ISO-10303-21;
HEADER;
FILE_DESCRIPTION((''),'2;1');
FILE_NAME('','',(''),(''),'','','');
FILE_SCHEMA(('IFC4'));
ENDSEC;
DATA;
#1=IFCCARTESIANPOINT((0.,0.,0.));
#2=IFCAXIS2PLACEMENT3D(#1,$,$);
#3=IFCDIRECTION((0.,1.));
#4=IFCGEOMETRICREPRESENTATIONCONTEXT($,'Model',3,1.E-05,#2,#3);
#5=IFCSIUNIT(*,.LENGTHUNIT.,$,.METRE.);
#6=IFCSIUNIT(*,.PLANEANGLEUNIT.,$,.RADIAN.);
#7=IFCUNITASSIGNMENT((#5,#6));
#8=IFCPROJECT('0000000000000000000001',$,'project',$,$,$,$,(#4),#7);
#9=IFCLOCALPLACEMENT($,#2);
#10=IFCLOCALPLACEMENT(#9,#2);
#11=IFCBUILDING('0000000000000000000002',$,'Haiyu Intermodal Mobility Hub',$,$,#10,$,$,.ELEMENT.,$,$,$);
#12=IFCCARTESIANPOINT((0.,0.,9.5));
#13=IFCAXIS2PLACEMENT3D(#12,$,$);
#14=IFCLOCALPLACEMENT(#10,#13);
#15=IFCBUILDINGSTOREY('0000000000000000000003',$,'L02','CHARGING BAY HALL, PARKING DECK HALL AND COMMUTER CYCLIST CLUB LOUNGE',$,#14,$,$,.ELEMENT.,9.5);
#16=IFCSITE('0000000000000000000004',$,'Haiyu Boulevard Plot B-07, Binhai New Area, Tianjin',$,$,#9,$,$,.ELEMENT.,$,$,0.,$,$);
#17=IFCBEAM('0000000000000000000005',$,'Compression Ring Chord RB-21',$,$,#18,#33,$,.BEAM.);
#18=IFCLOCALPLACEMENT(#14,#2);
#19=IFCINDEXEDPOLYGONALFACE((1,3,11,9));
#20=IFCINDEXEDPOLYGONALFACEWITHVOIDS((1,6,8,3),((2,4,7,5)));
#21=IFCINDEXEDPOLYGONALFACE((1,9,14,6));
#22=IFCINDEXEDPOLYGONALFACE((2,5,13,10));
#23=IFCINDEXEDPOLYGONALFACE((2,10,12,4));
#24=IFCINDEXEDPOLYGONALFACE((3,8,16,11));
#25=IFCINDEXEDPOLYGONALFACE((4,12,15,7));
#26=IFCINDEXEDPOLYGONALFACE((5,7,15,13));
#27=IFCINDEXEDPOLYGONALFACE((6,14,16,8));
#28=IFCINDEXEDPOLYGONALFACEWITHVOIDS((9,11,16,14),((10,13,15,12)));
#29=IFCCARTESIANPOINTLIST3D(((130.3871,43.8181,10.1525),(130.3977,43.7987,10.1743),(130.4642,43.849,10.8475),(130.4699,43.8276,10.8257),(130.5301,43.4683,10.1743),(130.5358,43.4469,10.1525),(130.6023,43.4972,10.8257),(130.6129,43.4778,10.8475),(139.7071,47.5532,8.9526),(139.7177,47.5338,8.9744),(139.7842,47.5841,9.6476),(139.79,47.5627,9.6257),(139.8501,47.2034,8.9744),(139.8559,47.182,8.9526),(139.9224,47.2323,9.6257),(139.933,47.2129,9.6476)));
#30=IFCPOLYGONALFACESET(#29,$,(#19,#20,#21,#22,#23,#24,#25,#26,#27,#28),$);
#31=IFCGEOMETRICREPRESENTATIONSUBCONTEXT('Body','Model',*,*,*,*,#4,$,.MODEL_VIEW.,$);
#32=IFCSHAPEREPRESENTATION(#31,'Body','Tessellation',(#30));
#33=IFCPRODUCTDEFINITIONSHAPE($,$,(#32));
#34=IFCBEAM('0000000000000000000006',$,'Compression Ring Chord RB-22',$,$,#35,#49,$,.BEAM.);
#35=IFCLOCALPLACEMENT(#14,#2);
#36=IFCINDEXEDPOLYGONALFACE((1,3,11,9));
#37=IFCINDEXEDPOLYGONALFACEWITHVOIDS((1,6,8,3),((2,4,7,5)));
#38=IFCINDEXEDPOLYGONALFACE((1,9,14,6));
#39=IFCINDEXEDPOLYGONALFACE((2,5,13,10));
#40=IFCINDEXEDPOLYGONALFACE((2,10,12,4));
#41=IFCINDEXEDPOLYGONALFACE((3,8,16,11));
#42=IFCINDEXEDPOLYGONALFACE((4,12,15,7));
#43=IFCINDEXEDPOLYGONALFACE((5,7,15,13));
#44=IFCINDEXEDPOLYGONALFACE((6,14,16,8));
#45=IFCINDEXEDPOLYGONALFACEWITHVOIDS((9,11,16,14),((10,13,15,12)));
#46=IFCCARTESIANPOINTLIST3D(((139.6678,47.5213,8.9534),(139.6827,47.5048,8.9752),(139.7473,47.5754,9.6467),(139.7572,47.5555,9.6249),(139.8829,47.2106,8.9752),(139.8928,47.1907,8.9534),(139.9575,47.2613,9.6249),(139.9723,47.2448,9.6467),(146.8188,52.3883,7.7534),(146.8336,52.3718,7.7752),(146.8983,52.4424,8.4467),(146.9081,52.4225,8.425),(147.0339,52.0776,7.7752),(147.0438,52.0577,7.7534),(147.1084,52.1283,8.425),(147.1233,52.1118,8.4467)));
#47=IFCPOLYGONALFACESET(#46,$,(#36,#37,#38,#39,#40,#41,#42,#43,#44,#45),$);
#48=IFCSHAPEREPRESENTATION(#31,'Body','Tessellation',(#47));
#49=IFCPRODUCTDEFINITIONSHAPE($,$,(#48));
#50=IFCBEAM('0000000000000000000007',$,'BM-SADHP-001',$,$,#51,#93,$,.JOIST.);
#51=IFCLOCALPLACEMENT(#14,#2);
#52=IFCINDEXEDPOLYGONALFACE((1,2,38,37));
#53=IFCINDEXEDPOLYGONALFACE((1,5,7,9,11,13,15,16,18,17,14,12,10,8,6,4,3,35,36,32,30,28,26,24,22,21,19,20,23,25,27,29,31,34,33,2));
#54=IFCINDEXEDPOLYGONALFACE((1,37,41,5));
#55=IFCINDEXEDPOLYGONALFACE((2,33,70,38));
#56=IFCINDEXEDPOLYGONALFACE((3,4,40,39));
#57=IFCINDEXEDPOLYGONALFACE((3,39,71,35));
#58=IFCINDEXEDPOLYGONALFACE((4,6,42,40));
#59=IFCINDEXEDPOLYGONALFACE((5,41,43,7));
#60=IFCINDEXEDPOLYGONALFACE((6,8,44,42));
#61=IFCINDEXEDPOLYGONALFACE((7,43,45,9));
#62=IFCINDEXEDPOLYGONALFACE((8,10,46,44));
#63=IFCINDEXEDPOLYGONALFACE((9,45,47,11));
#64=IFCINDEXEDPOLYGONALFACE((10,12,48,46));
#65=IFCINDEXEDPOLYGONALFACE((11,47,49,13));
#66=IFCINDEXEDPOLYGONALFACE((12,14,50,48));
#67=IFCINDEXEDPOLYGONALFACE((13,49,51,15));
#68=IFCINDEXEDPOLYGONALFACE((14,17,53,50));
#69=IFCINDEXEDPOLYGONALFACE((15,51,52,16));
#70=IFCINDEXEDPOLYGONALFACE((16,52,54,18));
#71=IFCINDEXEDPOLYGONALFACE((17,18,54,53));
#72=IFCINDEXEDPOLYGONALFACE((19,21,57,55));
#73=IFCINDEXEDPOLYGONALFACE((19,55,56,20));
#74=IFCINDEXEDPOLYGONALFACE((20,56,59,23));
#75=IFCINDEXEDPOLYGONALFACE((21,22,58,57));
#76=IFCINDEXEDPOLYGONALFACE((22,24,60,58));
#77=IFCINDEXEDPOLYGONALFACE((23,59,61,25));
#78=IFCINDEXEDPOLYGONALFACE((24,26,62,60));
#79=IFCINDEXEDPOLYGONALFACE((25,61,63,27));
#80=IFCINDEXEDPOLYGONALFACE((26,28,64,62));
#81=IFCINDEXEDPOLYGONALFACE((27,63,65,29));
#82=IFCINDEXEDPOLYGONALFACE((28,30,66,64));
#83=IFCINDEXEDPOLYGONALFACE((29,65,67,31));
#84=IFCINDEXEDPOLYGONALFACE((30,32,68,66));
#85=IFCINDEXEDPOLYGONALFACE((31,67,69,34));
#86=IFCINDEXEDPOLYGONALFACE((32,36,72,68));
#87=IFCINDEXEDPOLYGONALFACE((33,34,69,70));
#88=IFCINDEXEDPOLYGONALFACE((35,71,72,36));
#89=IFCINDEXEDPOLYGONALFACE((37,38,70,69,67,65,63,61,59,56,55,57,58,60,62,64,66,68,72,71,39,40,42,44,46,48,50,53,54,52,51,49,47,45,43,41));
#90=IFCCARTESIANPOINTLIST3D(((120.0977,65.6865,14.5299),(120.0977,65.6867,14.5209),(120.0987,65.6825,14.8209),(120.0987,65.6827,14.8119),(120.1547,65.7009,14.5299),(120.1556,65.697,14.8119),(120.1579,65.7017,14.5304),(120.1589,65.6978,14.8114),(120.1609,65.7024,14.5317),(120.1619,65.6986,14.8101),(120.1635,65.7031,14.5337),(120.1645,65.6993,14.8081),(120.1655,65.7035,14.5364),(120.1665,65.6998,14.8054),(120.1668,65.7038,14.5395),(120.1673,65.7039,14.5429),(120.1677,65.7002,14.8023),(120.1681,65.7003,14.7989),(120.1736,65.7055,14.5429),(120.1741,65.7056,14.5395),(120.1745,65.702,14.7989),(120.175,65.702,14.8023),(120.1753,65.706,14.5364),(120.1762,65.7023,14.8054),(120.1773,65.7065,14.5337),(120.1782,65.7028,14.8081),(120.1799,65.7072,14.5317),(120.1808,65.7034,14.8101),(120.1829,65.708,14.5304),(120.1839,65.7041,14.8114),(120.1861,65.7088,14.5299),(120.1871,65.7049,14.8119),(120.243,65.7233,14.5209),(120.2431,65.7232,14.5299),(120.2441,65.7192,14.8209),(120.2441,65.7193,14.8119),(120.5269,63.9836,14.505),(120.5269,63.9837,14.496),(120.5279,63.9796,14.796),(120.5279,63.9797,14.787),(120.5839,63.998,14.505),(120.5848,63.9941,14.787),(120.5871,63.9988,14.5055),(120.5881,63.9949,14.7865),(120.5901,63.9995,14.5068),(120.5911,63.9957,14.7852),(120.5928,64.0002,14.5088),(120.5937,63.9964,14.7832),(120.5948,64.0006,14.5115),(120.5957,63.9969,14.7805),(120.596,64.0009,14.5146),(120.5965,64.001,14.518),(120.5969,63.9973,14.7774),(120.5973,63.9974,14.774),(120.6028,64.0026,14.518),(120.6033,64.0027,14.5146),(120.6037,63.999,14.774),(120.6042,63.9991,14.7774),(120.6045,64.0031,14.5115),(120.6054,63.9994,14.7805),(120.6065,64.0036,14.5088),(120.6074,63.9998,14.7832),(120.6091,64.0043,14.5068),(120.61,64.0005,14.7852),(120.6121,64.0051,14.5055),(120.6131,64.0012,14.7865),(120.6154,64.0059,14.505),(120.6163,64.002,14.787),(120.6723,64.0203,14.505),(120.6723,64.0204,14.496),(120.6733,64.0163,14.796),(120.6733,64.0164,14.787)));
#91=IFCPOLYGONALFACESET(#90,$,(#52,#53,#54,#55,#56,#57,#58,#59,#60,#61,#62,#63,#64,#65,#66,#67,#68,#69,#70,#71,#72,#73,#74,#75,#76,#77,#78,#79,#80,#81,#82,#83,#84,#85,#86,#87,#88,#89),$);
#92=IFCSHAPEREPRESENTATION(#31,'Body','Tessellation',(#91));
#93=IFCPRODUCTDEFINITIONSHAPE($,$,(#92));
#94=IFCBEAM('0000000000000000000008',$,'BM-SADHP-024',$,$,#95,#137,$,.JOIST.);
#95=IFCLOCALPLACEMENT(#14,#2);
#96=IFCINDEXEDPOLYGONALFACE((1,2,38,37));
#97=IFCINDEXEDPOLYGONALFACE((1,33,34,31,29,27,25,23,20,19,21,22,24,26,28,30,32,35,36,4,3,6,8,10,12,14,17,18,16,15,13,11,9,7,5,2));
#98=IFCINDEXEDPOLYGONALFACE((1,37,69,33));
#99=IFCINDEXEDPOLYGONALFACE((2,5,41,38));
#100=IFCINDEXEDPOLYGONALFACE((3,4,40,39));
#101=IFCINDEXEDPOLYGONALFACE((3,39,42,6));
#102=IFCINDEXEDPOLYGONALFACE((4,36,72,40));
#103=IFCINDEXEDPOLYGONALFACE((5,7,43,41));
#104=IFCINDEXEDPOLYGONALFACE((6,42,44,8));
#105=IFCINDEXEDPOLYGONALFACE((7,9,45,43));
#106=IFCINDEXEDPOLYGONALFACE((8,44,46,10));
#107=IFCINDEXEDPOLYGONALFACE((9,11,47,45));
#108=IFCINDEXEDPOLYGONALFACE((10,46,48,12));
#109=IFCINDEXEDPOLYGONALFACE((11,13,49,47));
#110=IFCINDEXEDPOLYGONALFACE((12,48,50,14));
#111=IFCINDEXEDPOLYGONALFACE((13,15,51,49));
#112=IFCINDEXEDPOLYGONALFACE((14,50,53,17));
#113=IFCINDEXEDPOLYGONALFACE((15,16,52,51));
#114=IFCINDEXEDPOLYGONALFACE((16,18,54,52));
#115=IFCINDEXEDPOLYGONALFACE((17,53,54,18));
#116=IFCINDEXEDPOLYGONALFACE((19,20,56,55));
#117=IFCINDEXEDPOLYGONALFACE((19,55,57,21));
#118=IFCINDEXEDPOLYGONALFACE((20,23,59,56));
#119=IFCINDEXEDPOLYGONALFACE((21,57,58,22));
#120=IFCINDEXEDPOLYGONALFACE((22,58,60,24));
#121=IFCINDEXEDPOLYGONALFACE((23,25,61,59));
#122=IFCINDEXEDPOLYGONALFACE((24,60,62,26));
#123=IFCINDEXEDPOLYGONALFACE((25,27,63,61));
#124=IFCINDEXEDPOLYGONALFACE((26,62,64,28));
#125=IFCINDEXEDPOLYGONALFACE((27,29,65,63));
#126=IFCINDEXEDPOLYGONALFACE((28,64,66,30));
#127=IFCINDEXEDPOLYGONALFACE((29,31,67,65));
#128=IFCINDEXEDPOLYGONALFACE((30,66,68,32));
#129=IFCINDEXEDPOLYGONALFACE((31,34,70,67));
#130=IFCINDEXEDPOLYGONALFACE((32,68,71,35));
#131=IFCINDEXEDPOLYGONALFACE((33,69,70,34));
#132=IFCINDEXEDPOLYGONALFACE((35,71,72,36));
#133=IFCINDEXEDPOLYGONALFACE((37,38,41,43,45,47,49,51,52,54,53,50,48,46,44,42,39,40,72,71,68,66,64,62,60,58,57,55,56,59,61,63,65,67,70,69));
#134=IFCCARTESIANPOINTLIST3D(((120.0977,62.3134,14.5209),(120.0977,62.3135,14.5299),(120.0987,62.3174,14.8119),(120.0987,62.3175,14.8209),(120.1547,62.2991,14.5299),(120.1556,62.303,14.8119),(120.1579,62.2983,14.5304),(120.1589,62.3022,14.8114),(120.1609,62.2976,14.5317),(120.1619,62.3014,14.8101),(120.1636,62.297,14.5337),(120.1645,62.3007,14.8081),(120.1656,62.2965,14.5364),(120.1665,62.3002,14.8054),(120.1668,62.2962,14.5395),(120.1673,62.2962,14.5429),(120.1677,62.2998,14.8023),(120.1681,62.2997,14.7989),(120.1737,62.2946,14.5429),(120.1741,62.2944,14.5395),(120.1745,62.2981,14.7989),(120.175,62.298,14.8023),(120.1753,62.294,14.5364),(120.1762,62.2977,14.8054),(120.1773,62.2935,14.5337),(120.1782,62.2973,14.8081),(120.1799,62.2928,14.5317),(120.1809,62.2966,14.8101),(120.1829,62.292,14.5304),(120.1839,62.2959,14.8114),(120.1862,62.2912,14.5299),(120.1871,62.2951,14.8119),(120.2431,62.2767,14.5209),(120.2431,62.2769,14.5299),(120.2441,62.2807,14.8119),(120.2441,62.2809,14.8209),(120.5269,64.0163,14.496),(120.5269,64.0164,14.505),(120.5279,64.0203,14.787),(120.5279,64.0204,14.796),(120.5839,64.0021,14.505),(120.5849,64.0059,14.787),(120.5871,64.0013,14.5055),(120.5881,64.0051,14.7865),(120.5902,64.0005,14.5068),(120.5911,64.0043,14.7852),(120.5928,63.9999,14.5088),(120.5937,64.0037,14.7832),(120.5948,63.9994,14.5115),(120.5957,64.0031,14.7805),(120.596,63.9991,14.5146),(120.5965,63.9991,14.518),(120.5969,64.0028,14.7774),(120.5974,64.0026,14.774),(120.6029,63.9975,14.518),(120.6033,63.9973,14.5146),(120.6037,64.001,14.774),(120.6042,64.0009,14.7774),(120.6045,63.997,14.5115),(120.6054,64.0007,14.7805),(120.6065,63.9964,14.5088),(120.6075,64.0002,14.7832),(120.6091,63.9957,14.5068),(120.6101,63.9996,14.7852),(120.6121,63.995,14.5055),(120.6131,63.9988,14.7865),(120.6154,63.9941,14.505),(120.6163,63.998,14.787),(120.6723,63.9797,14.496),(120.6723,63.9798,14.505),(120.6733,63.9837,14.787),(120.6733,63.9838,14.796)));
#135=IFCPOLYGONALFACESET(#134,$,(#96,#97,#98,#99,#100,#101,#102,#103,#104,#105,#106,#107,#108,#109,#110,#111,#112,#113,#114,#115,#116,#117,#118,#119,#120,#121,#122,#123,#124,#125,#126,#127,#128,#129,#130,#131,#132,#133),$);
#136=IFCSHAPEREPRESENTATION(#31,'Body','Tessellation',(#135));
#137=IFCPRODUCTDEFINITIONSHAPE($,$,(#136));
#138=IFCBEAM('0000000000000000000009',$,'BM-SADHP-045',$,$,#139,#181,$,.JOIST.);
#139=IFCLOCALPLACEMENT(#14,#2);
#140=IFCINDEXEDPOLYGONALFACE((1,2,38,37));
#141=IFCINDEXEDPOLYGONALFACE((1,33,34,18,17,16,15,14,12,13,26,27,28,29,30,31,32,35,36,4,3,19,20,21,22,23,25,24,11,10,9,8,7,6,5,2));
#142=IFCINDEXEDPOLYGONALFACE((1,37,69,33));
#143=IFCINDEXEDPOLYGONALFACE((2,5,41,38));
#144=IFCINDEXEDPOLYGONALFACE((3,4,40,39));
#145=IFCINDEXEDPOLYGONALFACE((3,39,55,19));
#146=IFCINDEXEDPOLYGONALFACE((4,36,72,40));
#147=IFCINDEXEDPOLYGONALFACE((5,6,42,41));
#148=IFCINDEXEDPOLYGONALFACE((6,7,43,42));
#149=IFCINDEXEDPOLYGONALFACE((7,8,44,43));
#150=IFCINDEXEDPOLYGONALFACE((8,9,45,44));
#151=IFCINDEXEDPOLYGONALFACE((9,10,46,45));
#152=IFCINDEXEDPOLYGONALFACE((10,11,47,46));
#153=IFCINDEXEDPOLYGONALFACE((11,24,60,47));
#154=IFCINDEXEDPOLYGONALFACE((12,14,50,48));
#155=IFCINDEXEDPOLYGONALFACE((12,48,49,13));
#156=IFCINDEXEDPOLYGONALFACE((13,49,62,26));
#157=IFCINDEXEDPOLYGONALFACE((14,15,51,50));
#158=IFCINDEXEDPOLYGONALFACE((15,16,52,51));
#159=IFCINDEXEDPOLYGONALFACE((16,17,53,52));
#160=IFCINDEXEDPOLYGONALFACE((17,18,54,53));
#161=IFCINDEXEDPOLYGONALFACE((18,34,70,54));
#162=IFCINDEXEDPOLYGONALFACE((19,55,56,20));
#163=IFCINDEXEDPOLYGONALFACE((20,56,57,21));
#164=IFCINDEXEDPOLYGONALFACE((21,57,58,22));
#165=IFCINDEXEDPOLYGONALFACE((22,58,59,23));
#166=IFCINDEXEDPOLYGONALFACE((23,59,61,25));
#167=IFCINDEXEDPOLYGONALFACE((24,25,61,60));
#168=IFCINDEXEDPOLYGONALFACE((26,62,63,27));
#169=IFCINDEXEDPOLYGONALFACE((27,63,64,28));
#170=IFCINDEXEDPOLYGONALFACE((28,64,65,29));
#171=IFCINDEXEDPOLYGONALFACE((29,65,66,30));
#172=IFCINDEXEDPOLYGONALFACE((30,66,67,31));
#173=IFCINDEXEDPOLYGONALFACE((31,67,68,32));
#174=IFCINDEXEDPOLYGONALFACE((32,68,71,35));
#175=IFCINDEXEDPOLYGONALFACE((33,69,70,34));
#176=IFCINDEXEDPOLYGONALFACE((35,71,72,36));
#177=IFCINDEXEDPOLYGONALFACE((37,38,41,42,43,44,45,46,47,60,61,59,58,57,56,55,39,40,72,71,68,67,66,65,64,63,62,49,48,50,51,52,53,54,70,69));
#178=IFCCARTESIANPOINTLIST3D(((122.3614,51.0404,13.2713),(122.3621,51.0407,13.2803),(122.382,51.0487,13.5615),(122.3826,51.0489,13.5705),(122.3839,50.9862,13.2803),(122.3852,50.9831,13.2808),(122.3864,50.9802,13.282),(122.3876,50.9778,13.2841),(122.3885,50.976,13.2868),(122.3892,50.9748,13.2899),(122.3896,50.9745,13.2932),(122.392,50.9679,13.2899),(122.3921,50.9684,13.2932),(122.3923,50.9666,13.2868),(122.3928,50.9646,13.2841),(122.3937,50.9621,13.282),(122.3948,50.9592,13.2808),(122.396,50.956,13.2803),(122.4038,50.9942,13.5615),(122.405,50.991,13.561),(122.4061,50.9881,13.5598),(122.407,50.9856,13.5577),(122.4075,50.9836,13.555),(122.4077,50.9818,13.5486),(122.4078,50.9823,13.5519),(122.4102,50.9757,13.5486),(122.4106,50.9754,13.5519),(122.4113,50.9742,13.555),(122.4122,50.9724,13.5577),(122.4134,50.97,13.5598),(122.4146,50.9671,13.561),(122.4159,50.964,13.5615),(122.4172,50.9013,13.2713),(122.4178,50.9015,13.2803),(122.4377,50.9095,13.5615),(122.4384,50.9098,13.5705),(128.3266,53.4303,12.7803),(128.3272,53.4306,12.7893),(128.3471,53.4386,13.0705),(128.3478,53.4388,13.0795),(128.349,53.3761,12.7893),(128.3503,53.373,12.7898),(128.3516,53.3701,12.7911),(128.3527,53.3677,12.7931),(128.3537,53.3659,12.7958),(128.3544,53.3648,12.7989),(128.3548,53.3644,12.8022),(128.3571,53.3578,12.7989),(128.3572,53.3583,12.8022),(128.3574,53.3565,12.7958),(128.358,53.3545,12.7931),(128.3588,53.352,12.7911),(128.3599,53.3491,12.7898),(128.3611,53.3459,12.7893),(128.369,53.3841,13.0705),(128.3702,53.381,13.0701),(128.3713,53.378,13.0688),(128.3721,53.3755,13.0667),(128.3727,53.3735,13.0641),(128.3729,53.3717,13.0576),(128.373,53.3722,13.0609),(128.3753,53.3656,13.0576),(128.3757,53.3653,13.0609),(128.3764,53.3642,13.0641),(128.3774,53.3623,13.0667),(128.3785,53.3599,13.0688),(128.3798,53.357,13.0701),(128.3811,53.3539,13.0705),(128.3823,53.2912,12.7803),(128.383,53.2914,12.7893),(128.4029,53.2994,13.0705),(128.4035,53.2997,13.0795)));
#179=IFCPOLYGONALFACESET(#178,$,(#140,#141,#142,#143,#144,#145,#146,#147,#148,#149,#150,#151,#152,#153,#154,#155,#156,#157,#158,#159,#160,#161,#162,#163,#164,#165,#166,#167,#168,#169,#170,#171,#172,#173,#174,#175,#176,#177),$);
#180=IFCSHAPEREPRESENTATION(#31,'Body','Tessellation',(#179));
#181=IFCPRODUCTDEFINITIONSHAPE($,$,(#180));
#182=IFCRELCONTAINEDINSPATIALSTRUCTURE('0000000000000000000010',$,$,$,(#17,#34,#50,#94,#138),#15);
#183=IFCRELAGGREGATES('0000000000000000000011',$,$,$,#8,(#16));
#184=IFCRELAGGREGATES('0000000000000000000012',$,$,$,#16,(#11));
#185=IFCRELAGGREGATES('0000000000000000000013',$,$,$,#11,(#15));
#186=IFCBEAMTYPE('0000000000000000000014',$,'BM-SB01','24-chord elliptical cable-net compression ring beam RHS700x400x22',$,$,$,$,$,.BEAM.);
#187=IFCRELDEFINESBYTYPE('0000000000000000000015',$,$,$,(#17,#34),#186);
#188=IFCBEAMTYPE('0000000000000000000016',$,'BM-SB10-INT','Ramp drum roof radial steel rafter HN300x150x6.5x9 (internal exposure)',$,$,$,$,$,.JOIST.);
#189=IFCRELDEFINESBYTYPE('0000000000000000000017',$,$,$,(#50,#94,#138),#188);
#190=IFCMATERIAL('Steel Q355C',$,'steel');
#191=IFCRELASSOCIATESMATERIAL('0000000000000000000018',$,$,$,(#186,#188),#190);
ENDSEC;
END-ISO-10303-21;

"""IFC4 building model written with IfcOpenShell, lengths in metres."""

from ifc_helpers import new_model, si_unit, direction, frame, origin, origin_2d, place, context, subcontext, project, spatial, hollow_rectangle, i_section, extrude, material, material_profile, profile_set, type_object, element, save


model = new_model("IFC4")

# Units and contexts
model_context = context("Model", 3, precision=1e-05, world=origin(), true_north=direction((0.0, 1.0)))
body_context = subcontext(model_context, "Body", "Model", "MODEL_VIEW")
ifc_project = project(units=[si_unit("LENGTHUNIT", "METRE"), si_unit("PLANEANGLEUNIT", "RADIAN")], contexts=[model_context])

# Site, building, storey
site_placement = place(None, origin())
site = spatial("IfcSite", under=ifc_project, at=site_placement, Name="Haiyu Boulevard Plot B-07, Binhai New Area, Tianjin", CompositionType="ELEMENT", RefElevation=0.0)
building_placement = place(site_placement, origin())
building = spatial("IfcBuilding", under=site, at=building_placement, Name="Haiyu Intermodal Mobility Hub", CompositionType="ELEMENT")
storey_placement = place(building_placement, frame((0.0, 0.0, 9.5)))
storey = spatial("IfcBuildingStorey", under=building, at=storey_placement, Name="L02", Description="CHARGING BAY HALL, PARKING DECK HALL AND COMMUTER CYCLIST CLUB LOUNGE", CompositionType="ELEMENT", Elevation=9.5)

# Beams
ifc_material_1 = material(Name="Steel Q355C", Category="steel")
ifc_material_profile_1 = material_profile(ifc_material_1, hollow_rectangle(XDim=0.3999, YDim=0.7, WallThickness=0.022, at=origin_2d()), Name="RHS700x400x22")
ifc_profile_set_1 = profile_set([ifc_material_profile_1], Name="Steel Q355C")
beam_type_1 = type_object("IfcBeamType", Name="BM-SB01", Description="24-chord elliptical cable-net compression ring beam RHS700x400x22", PredefinedType="BEAM", material=ifc_profile_set_1)
beam_1_placement = place(storey_placement, frame((130.5, 43.6479, 10.5), z_axis=(0.921675, 0.36937, -0.118665), x_axis=(-0.371998, 0.928233, 0.0)))
element("IfcBeam", 1, at=beam_1_placement, inside=storey, type_object=beam_type_1, Name="Compression Ring Chord RB-21", PredefinedType="BEAM", context=body_context, shape_type="SweptSolid", body=[
    extrude(hollow_rectangle(XDim=0.3999, YDim=0.7, WallThickness=0.022, at=origin_2d()), origin(), (0.0, 0.0, 1.0), 10.1121),
])
beam_2_placement = place(storey_placement, frame((139.8201, 47.3831, 9.3), z_axis=(0.818851, 0.557317, -0.137407), x_axis=(-0.562654, 0.826693, 0.0)))
element("IfcBeam", 2, at=beam_2_placement, inside=storey, type_object=beam_type_1, Name="Compression Ring Chord RB-22", PredefinedType="BEAM", context=body_context, shape_type="SweptSolid", body=[
    extrude(hollow_rectangle(XDim=0.3999, YDim=0.7, WallThickness=0.022, at=origin_2d()), origin(), (0.0, 0.0, 1.0), 8.7329),
])
ifc_material_profile_2 = material_profile(ifc_material_1, i_section(OverallWidth=0.1499, OverallDepth=0.3, WebThickness=0.0066, FlangeThickness=0.009, FilletRadius=0.0129, at=origin_2d()), Name="HN300x150x6.5x9")
ifc_profile_set_2 = profile_set([ifc_material_profile_2], Name="Steel Q355C")
beam_type_2 = type_object("IfcBeamType", Name="BM-SB10-INT", Description="Ramp drum roof radial steel rafter HN300x150x6.5x9 (internal exposure)", PredefinedType="JOIST", material=ifc_profile_set_2)
for number, where, z_axis, x_axis, name in (
    (3, (120.6001, 64.0, 14.646), (-0.244375, 0.969577, 0.014179), (-0.969675, -0.2444, 0.0), "BM-SADHP-001"),
    (4, (120.1709, 62.2971, 14.6709), (0.244375, 0.969577, -0.014179), (-0.969675, 0.2444, 0.0), "BM-SADHP-024"),
):
    element("IfcBeam", number, at=place(storey_placement, frame(where, z_axis=z_axis, x_axis=x_axis)), inside=storey, type_object=beam_type_2, Name=name, PredefinedType="JOIST", context=body_context, shape_type="SweptSolid", body=[
        extrude(i_section(OverallWidth=0.1499, OverallDepth=0.3, WebThickness=0.0066, FlangeThickness=0.009, FilletRadius=0.0129, at=origin_2d()), origin(), (0.0, 0.0, 1.0), 1.7563),
    ])
beam_3_placement = place(storey_placement, frame((122.3999, 50.9751, 13.4209), z_axis=(0.925572, 0.370827, -0.076181), x_axis=(-0.371908, 0.92827, 0.0)))
element("IfcBeam", 5, at=beam_3_placement, inside=storey, type_object=beam_type_2, Name="BM-SADHP-045", PredefinedType="JOIST", context=body_context, shape_type="SweptSolid", body=[
    extrude(i_section(OverallWidth=0.1499, OverallDepth=0.3, WebThickness=0.0066, FlangeThickness=0.009, FilletRadius=0.0129, at=origin_2d()), origin(), (0.0, 0.0, 1.0), 6.4448),
])

save(model, "model.ifc")
